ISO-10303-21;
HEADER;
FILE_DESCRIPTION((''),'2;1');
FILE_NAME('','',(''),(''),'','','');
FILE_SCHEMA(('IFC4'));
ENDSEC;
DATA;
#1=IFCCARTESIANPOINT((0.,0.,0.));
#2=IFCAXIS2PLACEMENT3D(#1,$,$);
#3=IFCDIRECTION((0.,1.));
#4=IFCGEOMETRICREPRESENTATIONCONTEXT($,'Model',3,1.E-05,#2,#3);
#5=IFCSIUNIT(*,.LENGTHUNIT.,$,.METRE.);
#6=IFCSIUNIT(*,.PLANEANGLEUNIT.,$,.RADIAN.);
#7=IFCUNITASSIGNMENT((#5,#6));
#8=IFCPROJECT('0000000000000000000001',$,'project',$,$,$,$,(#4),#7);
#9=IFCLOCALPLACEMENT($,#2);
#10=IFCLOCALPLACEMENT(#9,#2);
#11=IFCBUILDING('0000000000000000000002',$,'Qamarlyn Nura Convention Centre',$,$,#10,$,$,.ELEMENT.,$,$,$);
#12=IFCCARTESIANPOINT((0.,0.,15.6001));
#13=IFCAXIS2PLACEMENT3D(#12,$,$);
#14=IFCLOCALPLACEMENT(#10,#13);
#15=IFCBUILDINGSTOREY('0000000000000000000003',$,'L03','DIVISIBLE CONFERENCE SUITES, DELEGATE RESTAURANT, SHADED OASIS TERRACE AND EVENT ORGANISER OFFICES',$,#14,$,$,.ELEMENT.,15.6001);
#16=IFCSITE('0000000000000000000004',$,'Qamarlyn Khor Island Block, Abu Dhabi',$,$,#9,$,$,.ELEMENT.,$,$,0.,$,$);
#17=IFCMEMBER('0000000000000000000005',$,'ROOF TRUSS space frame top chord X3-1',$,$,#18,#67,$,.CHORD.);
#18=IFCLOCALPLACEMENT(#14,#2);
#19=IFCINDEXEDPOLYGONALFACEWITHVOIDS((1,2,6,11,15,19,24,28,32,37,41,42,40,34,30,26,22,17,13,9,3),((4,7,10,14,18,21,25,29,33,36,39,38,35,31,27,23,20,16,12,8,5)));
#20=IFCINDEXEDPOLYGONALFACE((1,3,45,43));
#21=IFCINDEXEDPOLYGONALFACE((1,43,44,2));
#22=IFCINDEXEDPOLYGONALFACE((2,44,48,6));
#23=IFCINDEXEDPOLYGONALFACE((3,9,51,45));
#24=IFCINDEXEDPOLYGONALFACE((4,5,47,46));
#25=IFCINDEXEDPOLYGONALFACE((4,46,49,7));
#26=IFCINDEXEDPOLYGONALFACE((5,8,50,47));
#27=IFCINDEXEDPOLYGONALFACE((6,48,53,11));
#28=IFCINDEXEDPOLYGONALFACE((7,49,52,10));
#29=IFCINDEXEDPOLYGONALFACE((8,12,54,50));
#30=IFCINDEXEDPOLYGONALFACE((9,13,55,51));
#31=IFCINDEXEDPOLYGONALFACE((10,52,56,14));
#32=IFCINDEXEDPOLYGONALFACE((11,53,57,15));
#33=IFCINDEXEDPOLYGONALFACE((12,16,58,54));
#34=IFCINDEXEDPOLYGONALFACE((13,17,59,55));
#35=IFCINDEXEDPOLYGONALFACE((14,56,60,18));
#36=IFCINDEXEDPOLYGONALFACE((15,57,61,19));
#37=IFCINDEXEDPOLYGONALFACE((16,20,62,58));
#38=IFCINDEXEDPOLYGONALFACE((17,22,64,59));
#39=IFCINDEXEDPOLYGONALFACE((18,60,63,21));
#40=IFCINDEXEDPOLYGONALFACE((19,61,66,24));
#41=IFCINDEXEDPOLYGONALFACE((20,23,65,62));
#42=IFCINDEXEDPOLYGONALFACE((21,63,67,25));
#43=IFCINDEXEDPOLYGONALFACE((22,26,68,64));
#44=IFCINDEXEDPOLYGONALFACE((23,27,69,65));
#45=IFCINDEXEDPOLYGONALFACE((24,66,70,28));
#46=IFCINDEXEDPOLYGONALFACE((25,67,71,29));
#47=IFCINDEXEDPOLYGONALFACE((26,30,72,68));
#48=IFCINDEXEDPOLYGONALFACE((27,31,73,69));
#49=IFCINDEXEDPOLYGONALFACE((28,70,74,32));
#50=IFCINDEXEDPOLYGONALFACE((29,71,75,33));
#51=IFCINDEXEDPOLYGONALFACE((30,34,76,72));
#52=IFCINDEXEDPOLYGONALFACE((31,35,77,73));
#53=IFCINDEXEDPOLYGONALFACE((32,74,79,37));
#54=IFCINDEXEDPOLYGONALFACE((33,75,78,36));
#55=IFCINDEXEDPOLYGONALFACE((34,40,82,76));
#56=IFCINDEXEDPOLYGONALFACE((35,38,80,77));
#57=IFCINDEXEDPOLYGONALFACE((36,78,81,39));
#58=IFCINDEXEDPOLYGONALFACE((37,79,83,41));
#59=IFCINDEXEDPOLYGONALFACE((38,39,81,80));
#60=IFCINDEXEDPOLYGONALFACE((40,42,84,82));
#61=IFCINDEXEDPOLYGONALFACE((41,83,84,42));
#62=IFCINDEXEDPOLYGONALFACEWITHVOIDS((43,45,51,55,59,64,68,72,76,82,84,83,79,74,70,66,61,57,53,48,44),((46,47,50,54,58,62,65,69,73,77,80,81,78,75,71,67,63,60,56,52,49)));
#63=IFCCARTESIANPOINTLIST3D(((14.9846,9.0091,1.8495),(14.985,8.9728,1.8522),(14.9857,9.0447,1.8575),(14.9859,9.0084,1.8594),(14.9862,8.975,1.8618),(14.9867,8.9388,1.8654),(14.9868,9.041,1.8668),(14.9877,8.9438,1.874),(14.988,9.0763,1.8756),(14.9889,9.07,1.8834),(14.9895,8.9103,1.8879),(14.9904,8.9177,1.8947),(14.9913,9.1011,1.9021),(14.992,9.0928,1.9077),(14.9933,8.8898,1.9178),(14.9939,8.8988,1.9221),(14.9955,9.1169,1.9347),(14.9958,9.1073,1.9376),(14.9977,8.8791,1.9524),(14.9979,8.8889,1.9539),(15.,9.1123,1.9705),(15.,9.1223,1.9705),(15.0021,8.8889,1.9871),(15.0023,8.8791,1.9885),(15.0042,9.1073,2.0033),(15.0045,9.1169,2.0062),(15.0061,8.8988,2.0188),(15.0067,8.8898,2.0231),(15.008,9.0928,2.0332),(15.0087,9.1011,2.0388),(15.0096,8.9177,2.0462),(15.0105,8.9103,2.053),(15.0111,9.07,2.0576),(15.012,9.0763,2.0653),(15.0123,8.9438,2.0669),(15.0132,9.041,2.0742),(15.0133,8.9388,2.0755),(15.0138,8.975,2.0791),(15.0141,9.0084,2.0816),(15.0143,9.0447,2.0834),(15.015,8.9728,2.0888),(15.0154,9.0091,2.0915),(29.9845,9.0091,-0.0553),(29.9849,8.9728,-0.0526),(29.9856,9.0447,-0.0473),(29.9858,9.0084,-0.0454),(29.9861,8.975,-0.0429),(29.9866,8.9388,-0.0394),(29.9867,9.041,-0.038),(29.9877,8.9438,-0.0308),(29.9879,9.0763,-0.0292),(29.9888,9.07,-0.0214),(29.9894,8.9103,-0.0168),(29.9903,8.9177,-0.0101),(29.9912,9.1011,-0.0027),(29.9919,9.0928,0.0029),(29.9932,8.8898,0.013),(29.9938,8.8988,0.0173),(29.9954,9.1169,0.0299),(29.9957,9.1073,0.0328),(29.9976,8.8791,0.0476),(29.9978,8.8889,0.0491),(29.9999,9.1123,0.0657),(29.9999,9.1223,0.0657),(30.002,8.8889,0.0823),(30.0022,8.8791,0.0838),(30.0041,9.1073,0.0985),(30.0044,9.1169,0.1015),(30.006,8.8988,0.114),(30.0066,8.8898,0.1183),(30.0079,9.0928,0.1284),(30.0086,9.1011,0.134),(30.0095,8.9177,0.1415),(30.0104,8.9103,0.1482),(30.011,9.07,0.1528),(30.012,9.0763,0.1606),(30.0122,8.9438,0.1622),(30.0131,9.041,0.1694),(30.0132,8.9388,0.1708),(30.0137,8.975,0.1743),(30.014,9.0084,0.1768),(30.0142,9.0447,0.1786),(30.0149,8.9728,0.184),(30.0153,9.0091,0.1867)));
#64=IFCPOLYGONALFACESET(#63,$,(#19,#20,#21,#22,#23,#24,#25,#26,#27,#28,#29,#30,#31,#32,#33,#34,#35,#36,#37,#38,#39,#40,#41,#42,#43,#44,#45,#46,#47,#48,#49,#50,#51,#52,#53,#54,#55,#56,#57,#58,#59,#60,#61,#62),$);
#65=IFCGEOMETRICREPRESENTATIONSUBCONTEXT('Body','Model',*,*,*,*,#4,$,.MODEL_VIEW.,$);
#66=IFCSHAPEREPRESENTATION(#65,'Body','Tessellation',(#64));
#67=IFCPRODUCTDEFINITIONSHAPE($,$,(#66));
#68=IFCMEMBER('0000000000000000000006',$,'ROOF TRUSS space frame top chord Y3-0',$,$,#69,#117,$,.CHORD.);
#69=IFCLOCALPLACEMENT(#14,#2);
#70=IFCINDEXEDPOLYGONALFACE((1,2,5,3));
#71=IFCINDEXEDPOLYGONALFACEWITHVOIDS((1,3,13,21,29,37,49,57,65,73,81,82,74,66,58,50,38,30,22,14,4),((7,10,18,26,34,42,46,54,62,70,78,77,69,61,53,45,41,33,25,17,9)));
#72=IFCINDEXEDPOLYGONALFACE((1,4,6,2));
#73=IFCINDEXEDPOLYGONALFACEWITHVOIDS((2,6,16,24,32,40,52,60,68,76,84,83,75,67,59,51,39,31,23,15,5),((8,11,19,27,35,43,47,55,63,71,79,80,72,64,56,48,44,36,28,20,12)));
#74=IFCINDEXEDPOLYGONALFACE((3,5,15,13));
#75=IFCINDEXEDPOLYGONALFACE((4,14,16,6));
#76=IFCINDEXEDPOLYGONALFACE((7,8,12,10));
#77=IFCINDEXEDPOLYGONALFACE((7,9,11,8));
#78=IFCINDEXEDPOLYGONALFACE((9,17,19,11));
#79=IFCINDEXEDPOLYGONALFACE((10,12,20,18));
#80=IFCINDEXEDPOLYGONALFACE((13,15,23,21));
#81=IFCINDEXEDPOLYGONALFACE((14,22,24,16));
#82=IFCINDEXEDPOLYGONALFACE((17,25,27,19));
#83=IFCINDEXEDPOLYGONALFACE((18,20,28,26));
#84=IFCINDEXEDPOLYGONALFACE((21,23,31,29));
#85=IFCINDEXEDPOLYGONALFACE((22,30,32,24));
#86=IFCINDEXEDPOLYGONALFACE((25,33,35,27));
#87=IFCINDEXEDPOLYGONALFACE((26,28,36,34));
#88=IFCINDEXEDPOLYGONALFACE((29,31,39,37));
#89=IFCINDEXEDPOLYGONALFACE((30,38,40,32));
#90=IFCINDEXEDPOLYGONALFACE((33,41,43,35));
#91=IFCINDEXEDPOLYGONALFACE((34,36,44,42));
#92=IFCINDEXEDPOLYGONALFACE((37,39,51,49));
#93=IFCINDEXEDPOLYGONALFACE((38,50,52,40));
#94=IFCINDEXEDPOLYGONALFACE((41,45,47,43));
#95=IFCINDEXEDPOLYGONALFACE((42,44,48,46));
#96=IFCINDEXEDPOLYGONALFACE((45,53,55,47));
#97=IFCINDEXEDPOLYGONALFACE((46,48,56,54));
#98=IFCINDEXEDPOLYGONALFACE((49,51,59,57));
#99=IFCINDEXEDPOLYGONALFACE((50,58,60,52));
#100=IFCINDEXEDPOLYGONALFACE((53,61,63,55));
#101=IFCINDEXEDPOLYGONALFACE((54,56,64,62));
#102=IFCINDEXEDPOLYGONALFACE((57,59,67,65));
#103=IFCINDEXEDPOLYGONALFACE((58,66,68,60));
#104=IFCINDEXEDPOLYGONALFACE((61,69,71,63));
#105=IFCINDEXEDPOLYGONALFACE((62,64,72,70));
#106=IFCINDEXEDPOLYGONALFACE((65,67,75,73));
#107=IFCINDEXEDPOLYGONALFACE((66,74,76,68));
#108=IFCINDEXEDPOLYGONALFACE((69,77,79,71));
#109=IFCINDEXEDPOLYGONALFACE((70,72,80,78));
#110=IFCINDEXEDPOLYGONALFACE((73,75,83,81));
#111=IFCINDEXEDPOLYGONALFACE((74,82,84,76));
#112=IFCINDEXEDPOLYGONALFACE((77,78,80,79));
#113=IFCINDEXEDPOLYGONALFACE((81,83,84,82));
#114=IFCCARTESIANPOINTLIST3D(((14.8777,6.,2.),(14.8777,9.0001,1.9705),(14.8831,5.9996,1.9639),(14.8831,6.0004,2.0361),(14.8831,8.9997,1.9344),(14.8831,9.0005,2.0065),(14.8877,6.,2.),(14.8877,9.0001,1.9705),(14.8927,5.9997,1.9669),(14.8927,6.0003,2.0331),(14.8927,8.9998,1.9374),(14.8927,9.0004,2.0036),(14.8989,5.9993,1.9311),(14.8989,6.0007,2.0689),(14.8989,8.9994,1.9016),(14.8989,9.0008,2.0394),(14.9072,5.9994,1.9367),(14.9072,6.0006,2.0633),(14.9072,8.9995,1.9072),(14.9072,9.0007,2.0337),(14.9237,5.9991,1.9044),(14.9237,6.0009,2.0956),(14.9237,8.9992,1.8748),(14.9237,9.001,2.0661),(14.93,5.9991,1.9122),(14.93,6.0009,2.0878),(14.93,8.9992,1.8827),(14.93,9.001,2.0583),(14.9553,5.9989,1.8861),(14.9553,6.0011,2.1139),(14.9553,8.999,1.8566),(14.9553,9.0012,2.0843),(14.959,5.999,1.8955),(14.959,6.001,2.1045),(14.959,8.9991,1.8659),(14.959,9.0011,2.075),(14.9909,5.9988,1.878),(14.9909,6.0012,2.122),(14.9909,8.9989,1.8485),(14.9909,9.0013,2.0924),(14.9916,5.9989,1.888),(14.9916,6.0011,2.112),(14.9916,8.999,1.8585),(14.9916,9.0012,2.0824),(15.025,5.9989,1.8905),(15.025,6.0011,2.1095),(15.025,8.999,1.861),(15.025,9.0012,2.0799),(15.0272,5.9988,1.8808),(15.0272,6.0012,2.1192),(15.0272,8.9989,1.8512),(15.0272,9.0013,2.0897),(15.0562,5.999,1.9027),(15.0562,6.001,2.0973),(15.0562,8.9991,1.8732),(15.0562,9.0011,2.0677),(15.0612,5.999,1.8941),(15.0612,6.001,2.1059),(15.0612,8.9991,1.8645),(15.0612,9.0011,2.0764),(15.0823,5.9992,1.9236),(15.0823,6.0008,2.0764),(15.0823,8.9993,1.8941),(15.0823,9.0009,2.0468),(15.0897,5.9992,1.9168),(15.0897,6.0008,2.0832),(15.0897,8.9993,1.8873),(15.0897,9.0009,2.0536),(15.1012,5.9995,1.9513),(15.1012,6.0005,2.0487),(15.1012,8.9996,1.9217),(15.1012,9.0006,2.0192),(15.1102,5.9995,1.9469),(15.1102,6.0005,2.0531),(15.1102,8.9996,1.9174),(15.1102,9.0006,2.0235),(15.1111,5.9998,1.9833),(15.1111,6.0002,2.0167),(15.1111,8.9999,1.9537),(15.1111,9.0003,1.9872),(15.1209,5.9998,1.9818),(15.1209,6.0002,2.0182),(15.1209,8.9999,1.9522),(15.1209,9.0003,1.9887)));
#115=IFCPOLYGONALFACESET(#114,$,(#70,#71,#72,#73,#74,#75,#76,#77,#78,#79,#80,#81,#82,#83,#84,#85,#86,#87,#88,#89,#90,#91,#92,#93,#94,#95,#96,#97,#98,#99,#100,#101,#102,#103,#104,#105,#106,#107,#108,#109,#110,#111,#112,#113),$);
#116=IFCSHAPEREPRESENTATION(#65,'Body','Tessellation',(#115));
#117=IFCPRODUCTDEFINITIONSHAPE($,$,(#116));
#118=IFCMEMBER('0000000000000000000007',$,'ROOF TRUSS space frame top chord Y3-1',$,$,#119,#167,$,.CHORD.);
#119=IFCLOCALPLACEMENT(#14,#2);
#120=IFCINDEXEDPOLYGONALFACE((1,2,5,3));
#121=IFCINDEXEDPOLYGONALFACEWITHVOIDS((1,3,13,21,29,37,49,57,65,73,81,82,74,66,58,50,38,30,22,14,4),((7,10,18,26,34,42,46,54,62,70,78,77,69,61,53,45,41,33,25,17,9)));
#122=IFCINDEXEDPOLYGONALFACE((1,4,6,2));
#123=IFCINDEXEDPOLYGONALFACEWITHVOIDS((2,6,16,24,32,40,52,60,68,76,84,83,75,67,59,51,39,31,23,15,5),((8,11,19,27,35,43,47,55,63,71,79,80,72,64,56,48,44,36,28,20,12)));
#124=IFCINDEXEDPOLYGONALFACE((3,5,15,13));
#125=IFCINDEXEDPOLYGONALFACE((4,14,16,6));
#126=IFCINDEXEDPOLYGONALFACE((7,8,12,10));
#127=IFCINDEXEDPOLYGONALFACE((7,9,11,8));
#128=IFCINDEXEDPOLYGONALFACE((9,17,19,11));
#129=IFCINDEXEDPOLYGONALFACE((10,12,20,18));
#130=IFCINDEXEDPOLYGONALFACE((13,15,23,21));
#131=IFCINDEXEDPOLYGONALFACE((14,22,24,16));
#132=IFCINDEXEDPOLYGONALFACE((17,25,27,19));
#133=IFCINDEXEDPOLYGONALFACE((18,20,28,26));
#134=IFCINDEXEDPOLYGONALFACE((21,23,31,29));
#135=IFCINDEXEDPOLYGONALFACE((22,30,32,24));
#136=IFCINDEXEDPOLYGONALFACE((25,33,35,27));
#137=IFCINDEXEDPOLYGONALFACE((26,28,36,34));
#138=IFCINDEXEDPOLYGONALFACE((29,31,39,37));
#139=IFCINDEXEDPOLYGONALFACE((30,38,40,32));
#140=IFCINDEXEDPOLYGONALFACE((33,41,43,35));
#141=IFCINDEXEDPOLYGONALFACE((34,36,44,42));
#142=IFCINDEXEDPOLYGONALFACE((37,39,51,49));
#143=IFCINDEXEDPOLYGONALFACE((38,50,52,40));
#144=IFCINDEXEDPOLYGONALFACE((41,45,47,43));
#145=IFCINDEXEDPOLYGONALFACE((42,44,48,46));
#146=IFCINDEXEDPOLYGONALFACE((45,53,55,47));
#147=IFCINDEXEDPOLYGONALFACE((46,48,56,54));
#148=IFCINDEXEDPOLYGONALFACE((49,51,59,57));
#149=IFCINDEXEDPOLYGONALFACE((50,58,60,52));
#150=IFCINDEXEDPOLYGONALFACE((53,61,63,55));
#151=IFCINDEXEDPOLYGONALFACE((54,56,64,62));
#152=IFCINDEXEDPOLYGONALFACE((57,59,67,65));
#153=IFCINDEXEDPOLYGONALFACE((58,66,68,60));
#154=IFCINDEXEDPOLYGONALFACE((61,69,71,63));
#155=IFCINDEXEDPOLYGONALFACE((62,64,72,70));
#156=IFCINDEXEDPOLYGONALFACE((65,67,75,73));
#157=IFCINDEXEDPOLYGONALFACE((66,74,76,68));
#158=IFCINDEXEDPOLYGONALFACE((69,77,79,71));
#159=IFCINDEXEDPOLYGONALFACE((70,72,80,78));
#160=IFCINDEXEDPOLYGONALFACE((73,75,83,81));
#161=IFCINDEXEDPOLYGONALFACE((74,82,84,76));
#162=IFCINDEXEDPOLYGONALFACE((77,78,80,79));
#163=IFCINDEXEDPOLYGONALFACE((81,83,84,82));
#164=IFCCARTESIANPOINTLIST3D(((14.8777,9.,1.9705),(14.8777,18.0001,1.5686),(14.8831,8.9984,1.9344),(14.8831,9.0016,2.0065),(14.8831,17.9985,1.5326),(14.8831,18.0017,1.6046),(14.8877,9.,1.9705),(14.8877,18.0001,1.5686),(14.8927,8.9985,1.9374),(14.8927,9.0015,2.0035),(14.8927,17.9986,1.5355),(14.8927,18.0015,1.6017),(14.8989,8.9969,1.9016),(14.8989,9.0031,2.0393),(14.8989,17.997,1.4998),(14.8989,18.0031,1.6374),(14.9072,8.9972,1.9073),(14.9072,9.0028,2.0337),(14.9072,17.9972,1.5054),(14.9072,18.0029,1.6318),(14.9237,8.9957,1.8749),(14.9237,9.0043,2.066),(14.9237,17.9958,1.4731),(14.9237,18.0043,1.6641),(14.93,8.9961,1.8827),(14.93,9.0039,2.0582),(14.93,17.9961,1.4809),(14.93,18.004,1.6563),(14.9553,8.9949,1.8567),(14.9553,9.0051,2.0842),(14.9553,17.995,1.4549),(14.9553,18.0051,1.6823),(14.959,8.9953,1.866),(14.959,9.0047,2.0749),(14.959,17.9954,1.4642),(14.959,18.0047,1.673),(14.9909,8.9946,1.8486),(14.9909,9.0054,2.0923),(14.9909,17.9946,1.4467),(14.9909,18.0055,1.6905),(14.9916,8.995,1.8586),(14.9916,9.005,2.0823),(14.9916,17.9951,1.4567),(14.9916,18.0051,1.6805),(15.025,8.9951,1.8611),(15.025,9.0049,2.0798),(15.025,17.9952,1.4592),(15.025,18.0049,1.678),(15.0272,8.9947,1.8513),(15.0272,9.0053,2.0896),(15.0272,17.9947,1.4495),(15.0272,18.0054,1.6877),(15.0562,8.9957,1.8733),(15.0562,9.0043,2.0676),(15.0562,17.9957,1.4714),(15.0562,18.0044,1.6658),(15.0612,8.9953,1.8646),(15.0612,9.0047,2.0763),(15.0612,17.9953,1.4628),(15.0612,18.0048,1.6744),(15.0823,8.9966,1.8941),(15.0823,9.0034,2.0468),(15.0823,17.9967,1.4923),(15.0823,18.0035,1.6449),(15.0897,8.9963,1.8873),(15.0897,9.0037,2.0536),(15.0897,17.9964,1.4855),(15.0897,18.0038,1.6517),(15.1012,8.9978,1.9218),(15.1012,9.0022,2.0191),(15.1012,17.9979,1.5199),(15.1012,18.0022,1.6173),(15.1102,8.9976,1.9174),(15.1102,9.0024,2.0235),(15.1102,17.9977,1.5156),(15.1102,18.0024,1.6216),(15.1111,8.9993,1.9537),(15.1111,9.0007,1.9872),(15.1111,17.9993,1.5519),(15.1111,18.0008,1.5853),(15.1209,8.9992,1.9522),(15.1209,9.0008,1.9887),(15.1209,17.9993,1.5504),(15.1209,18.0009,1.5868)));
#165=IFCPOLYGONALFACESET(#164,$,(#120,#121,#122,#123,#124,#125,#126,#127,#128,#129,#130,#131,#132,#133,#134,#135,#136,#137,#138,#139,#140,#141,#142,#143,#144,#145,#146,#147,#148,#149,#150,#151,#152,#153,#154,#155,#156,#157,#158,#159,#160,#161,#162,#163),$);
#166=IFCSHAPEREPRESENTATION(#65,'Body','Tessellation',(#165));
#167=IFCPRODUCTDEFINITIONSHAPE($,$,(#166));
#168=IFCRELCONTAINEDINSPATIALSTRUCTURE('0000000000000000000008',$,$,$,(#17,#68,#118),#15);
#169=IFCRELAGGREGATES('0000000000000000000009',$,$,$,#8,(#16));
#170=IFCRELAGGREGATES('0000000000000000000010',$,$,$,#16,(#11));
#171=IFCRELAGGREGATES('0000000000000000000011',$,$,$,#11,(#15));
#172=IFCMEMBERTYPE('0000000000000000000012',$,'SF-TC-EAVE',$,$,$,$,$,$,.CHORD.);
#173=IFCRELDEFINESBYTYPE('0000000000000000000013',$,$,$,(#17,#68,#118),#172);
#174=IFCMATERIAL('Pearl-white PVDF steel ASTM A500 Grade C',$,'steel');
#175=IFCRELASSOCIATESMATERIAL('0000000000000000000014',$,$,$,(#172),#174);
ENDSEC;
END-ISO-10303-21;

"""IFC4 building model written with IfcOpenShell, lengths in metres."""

from ifc_helpers import new_model, si_unit, direction, frame, origin, origin_2d, place, context, subcontext, project, spatial, hollow_circle, extrude, material, material_profile, profile_set, type_object, element, save


model = new_model("IFC4")

# Units and contexts
model_context = context("Model", 3, precision=1e-05, world=origin(), true_north=direction((0.0, 1.0)))
body_context = subcontext(model_context, "Body", "Model", "MODEL_VIEW")
ifc_project = project(units=[si_unit("LENGTHUNIT", "METRE"), si_unit("PLANEANGLEUNIT", "RADIAN")], contexts=[model_context])

# Site, building, storey
site_placement = place(None, origin())
site = spatial("IfcSite", under=ifc_project, at=site_placement, Name="Qamarlyn Khor Island Block, Abu Dhabi", CompositionType="ELEMENT", RefElevation=0.0)
building_placement = place(site_placement, origin())
building = spatial("IfcBuilding", under=site, at=building_placement, Name="Qamarlyn Nura Convention Centre", CompositionType="ELEMENT")
storey_placement = place(building_placement, frame((0.0, 0.0, 15.6001)))
storey = spatial("IfcBuildingStorey", under=building, at=storey_placement, Name="L03", Description="DIVISIBLE CONFERENCE SUITES, DELEGATE RESTAURANT, SHADED OASIS TERRACE AND EVENT ORGANISER OFFICES", CompositionType="ELEMENT", Elevation=15.6001)

# Members
ifc_material_1 = material(Name="Pearl-white PVDF steel ASTM A500 Grade C", Category="steel")
ifc_material_profile_1 = material_profile(ifc_material_1, hollow_circle(Radius=0.1223, WallThickness=0.01, at=origin_2d()), Name="CHS244.5X10")
ifc_profile_set_1 = profile_set([ifc_material_profile_1], Name="Pearl-white PVDF steel ASTM A500 Grade C")
member_type_1 = type_object("IfcMemberType", Name="SF-TC-EAVE", PredefinedType="CHORD", material=ifc_profile_set_1)
member_1_placement = place(storey_placement, frame((15.0, 9.0, 1.9705), z_axis=(0.992034, 0.0, -0.125974), x_axis=(0.0, 1.0, 0.0)))
element("IfcMember", 1, at=member_1_placement, inside=storey, type_object=member_type_1, Name="ROOF TRUSS space frame top chord X3-1", PredefinedType="CHORD", context=body_context, shape_type="SweptSolid", body=[
    extrude(hollow_circle(Radius=0.1223, WallThickness=0.01, at=origin_2d()), origin(), (0.0, 0.0, 1.0), 15.1204),
])
member_2_placement = place(storey_placement, frame((15.0, 6.0, 2.0), z_axis=(0.0, 0.999952, -0.009847), x_axis=(-1.0, 0.0, 0.0)))
element("IfcMember", 2, at=member_2_placement, inside=storey, type_object=member_type_1, Name="ROOF TRUSS space frame top chord Y3-0", PredefinedType="CHORD", context=body_context, shape_type="SweptSolid", body=[
    extrude(hollow_circle(Radius=0.1223, WallThickness=0.01, at=origin_2d()), origin(), (0.0, 0.0, 1.0), 3.0002),
])
member_3_placement = place(storey_placement, frame((15.0, 9.0, 1.9705), z_axis=(0.0, 0.999005, -0.044606), x_axis=(-1.0, 0.0, 0.0)))
element("IfcMember", 3, at=member_3_placement, inside=storey, type_object=member_type_1, Name="ROOF TRUSS space frame top chord Y3-1", PredefinedType="CHORD", context=body_context, shape_type="SweptSolid", body=[
    extrude(hollow_circle(Radius=0.1223, WallThickness=0.01, at=origin_2d()), origin(), (0.0, 0.0, 1.0), 9.009),
])

save(model, "model.ifc")
